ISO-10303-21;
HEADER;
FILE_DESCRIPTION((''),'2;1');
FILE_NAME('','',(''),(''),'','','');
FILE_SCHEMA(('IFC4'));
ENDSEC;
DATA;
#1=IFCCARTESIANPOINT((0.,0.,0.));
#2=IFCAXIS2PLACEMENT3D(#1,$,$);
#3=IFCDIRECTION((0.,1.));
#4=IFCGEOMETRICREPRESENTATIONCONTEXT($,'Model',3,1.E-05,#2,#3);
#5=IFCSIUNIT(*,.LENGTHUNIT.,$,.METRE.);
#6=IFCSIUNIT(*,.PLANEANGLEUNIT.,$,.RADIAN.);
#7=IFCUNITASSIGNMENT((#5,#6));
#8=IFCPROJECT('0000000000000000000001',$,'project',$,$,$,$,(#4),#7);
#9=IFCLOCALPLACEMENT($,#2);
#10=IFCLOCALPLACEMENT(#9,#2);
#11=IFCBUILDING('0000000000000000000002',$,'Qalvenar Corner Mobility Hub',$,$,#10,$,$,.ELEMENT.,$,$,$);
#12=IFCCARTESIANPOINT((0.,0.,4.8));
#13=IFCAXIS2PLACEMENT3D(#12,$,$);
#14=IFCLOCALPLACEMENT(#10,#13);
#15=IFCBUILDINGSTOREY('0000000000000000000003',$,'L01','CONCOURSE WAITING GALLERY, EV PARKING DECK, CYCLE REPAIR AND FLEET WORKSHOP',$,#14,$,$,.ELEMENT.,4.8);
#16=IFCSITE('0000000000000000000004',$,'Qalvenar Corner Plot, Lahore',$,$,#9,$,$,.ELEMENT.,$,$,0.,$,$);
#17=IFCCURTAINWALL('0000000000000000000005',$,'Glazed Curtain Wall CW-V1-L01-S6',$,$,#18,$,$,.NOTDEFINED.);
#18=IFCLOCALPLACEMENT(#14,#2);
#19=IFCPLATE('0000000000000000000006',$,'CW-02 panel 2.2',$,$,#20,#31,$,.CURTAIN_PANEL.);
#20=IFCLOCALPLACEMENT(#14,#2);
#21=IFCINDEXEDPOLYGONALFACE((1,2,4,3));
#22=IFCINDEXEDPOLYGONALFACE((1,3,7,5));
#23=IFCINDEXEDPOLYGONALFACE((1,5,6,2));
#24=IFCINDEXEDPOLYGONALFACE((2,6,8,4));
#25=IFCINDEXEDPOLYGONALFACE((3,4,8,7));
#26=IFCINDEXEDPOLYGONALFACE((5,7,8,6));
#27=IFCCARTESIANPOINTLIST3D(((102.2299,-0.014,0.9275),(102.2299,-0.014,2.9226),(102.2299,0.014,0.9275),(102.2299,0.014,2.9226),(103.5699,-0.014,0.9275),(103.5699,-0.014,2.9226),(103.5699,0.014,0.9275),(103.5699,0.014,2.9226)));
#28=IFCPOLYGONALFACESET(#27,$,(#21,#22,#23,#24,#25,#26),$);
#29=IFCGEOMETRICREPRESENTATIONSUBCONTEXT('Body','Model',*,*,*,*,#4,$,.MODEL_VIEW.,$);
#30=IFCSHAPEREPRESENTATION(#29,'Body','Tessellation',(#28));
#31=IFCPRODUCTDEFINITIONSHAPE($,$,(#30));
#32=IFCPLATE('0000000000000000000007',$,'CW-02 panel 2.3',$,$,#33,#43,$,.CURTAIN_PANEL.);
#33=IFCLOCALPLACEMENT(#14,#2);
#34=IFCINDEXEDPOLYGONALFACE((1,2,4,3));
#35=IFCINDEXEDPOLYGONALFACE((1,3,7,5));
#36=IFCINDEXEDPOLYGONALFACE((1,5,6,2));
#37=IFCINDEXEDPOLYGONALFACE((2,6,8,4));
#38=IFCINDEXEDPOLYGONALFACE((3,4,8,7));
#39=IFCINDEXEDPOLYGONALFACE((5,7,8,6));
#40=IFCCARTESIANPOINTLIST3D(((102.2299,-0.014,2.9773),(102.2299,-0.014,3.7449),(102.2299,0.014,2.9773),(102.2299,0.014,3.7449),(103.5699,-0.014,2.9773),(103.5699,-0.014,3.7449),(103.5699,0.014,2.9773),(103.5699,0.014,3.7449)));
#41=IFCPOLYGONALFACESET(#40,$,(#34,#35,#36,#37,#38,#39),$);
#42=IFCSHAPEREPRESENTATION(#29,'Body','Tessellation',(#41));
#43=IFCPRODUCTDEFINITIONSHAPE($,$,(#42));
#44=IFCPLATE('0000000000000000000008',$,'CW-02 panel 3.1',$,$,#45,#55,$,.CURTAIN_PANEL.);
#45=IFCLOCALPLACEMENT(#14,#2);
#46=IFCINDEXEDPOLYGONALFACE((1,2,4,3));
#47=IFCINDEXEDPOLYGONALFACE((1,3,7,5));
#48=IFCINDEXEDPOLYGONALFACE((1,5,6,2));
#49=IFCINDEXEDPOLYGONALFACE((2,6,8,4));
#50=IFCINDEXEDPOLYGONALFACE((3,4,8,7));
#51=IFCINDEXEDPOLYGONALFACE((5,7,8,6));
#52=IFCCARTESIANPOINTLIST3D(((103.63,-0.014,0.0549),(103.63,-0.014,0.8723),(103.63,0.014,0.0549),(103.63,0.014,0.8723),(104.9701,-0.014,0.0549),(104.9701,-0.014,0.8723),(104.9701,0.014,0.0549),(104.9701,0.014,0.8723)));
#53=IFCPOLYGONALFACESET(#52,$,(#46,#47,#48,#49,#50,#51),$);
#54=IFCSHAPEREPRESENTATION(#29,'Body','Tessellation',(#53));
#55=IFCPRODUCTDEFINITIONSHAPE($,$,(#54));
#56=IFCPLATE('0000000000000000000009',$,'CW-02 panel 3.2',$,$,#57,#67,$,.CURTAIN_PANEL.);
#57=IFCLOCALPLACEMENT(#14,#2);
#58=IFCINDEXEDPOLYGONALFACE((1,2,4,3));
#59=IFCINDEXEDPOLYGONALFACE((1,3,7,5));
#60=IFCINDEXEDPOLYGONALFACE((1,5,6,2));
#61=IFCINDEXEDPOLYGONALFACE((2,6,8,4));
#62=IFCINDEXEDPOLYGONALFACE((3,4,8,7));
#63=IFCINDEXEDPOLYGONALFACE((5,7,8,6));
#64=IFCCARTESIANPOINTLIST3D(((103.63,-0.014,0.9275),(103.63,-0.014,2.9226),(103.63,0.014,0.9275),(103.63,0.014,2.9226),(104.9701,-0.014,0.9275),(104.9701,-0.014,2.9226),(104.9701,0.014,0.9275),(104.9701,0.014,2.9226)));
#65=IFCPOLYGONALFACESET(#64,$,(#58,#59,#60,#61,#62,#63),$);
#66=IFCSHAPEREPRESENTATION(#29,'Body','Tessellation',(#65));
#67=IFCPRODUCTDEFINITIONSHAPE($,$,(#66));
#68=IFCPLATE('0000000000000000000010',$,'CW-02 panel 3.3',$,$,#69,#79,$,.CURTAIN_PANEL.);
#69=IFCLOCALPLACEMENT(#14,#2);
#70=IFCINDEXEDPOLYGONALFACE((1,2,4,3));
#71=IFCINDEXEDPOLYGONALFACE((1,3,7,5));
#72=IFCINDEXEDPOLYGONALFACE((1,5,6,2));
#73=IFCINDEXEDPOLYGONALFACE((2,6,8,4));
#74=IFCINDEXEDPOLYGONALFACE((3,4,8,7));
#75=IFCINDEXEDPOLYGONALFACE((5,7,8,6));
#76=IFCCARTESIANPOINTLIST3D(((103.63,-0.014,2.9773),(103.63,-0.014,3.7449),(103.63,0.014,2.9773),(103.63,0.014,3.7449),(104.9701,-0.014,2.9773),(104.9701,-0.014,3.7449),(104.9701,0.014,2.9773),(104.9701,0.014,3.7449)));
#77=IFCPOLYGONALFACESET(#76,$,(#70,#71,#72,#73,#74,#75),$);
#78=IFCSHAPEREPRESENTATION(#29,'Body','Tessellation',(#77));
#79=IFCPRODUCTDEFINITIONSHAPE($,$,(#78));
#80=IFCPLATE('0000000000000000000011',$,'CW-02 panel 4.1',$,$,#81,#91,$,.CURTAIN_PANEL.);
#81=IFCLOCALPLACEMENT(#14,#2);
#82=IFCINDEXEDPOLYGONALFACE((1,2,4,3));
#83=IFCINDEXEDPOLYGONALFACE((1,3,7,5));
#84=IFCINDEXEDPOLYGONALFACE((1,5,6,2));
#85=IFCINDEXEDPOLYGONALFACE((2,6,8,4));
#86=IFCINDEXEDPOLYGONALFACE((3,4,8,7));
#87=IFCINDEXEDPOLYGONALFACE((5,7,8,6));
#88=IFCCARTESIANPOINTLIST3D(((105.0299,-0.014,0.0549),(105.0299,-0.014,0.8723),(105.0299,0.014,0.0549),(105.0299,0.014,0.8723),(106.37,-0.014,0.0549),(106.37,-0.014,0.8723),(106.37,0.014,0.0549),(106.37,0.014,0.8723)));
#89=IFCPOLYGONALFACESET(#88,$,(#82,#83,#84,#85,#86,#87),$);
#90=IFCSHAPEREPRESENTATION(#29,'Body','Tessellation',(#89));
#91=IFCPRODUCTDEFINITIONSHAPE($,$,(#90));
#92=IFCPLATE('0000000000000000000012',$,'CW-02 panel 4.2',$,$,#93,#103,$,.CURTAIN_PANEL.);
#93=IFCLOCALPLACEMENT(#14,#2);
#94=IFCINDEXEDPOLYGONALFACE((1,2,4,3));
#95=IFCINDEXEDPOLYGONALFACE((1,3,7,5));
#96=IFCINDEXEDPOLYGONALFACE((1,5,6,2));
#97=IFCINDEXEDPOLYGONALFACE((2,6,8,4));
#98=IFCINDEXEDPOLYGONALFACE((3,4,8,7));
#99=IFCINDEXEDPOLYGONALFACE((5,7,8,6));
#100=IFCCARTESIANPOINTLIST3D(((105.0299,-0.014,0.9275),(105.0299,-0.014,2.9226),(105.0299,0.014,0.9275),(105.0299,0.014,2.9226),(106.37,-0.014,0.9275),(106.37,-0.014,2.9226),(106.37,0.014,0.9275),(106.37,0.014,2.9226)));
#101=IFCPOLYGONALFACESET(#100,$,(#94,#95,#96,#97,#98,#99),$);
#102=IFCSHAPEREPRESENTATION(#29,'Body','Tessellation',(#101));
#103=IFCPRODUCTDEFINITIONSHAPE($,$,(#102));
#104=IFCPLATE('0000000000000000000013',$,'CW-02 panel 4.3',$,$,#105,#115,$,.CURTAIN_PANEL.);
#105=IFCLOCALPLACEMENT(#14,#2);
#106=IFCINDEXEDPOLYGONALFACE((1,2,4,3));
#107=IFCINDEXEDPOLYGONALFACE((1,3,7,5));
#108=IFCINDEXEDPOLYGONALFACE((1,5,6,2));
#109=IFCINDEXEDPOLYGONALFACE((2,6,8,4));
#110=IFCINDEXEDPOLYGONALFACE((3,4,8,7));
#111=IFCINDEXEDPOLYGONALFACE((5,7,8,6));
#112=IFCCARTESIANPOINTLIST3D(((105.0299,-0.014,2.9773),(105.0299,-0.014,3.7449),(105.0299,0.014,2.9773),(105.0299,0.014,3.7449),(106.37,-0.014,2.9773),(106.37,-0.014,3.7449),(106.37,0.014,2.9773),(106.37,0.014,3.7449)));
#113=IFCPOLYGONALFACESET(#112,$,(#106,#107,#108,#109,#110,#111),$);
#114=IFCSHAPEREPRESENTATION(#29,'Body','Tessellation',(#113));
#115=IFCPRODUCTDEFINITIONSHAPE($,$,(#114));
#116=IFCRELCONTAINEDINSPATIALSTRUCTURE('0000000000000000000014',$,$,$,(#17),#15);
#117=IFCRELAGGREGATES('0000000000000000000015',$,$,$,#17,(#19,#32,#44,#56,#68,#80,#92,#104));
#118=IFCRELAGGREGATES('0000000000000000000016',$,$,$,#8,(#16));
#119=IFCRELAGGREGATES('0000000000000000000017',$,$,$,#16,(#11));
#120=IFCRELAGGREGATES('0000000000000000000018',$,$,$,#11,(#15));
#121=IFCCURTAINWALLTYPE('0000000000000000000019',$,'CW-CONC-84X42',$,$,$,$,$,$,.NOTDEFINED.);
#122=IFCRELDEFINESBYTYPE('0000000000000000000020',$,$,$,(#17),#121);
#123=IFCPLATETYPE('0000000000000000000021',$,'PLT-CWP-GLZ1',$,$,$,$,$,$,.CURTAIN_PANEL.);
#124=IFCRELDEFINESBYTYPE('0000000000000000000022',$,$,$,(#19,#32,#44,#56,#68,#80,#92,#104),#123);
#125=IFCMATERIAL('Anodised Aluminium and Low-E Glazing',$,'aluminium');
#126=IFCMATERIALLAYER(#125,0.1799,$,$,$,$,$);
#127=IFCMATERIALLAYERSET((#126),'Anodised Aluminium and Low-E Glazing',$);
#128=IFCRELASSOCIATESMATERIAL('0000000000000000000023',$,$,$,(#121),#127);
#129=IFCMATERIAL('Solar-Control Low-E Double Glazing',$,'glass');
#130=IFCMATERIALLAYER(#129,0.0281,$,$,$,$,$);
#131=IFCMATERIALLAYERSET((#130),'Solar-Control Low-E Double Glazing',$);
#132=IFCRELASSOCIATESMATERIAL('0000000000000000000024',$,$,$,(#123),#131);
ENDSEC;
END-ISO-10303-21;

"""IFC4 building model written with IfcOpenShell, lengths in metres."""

from ifc_helpers import new_model, si_unit, direction, frame, origin, origin_2d, place, context, subcontext, project, spatial, rectangle, extrude, material, layer, layer_set, type_object, element, aggregate, save


model = new_model("IFC4")

# Units and contexts
model_context = context("Model", 3, precision=1e-05, world=origin(), true_north=direction((0.0, 1.0)))
body_context = subcontext(model_context, "Body", "Model", "MODEL_VIEW")
ifc_project = project(units=[si_unit("LENGTHUNIT", "METRE"), si_unit("PLANEANGLEUNIT", "RADIAN")], contexts=[model_context])

# Site, building, storey
site_placement = place(None, origin())
site = spatial("IfcSite", under=ifc_project, at=site_placement, Name="Qalvenar Corner Plot, Lahore", CompositionType="ELEMENT", RefElevation=0.0)
building_placement = place(site_placement, origin())
building = spatial("IfcBuilding", under=site, at=building_placement, Name="Qalvenar Corner Mobility Hub", CompositionType="ELEMENT")
storey_placement = place(building_placement, frame((0.0, 0.0, 4.8)))
storey = spatial("IfcBuildingStorey", under=building, at=storey_placement, Name="L01", Description="CONCOURSE WAITING GALLERY, EV PARKING DECK, CYCLE REPAIR AND FLEET WORKSHOP", CompositionType="ELEMENT", Elevation=4.8)

# Curtain wall, plates
ifc_material_1 = material(Name="Anodised Aluminium and Low-E Glazing", Category="aluminium")
ifc_layer_1 = layer(ifc_material_1, 0.1799)
ifc_layer_set_1 = layer_set([ifc_layer_1], Name="Anodised Aluminium and Low-E Glazing")
curtain_wall_type = type_object("IfcCurtainWallType", Name="CW-CONC-84X42", PredefinedType="NOTDEFINED", material=ifc_layer_set_1)
curtain_wall_placement = place(storey_placement, origin())
curtain_wall = element("IfcCurtainWall", 1, at=curtain_wall_placement, inside=storey, type_object=curtain_wall_type, Name="Glazed Curtain Wall CW-V1-L01-S6", PredefinedType="NOTDEFINED")
ifc_material_2 = material(Name="Solar-Control Low-E Double Glazing", Category="glass")
ifc_layer_2 = layer(ifc_material_2, 0.0281)
ifc_layer_set_2 = layer_set([ifc_layer_2], Name="Solar-Control Low-E Double Glazing")
plate_type = type_object("IfcPlateType", Name="PLT-CWP-GLZ1", PredefinedType="CURTAIN_PANEL", material=ifc_layer_set_2)
plate_1_placement = place(storey_placement, frame((102.8999, 0.0, 0.9275), z_axis=(0.0, 0.0, 1.0), x_axis=(1.0, 0.0, 0.0)))
plate_1 = element("IfcPlate", 2, at=plate_1_placement, type_object=plate_type, Name="CW-02 panel 2.2", PredefinedType="CURTAIN_PANEL", context=body_context, shape_type="SweptSolid", body=[
    extrude(rectangle(XDim=1.3401, YDim=0.0281, at=origin_2d()), origin(), (0.0, 0.0, 1.0), 1.9951),
])
plate_2_placement = place(storey_placement, frame((102.8999, 0.0, 2.9773), z_axis=(0.0, 0.0, 1.0), x_axis=(1.0, 0.0, 0.0)))
plate_2 = element("IfcPlate", 3, at=plate_2_placement, type_object=plate_type, Name="CW-02 panel 2.3", PredefinedType="CURTAIN_PANEL", context=body_context, shape_type="SweptSolid", body=[
    extrude(rectangle(XDim=1.3401, YDim=0.0281, at=origin_2d()), origin(), (0.0, 0.0, 1.0), 0.7676),
])
plate_3_placement = place(storey_placement, frame((104.3, 0.0, 0.0549), z_axis=(0.0, 0.0, 1.0), x_axis=(1.0, 0.0, 0.0)))
plate_3 = element("IfcPlate", 4, at=plate_3_placement, type_object=plate_type, Name="CW-02 panel 3.1", PredefinedType="CURTAIN_PANEL", context=body_context, shape_type="SweptSolid", body=[
    extrude(rectangle(XDim=1.3401, YDim=0.0281, at=origin_2d()), origin(), (0.0, 0.0, 1.0), 0.8174),
])
plate_4_placement = place(storey_placement, frame((104.3, 0.0, 0.9275), z_axis=(0.0, 0.0, 1.0), x_axis=(1.0, 0.0, 0.0)))
plate_4 = element("IfcPlate", 5, at=plate_4_placement, type_object=plate_type, Name="CW-02 panel 3.2", PredefinedType="CURTAIN_PANEL", context=body_context, shape_type="SweptSolid", body=[
    extrude(rectangle(XDim=1.3401, YDim=0.0281, at=origin_2d()), origin(), (0.0, 0.0, 1.0), 1.9951),
])
plate_5_placement = place(storey_placement, frame((104.3, 0.0, 2.9773), z_axis=(0.0, 0.0, 1.0), x_axis=(1.0, 0.0, 0.0)))
plate_5 = element("IfcPlate", 6, at=plate_5_placement, type_object=plate_type, Name="CW-02 panel 3.3", PredefinedType="CURTAIN_PANEL", context=body_context, shape_type="SweptSolid", body=[
    extrude(rectangle(XDim=1.3401, YDim=0.0281, at=origin_2d()), origin(), (0.0, 0.0, 1.0), 0.7676),
])
plate_6_placement = place(storey_placement, frame((105.7, 0.0, 0.0549), z_axis=(0.0, 0.0, 1.0), x_axis=(1.0, 0.0, 0.0)))
plate_6 = element("IfcPlate", 7, at=plate_6_placement, type_object=plate_type, Name="CW-02 panel 4.1", PredefinedType="CURTAIN_PANEL", context=body_context, shape_type="SweptSolid", body=[
    extrude(rectangle(XDim=1.3401, YDim=0.0281, at=origin_2d()), origin(), (0.0, 0.0, 1.0), 0.8174),
])
plate_7_placement = place(storey_placement, frame((105.7, 0.0, 0.9275), z_axis=(0.0, 0.0, 1.0), x_axis=(1.0, 0.0, 0.0)))
plate_7 = element("IfcPlate", 8, at=plate_7_placement, type_object=plate_type, Name="CW-02 panel 4.2", PredefinedType="CURTAIN_PANEL", context=body_context, shape_type="SweptSolid", body=[
    extrude(rectangle(XDim=1.3401, YDim=0.0281, at=origin_2d()), origin(), (0.0, 0.0, 1.0), 1.9951),
])
plate_8_placement = place(storey_placement, frame((105.7, 0.0, 2.9773), z_axis=(0.0, 0.0, 1.0), x_axis=(1.0, 0.0, 0.0)))
plate_8 = element("IfcPlate", 9, at=plate_8_placement, type_object=plate_type, Name="CW-02 panel 4.3", PredefinedType="CURTAIN_PANEL", context=body_context, shape_type="SweptSolid", body=[
    extrude(rectangle(XDim=1.3401, YDim=0.0281, at=origin_2d()), origin(), (0.0, 0.0, 1.0), 0.7676),
])
aggregate(curtain_wall, [plate_1, plate_2, plate_3, plate_4, plate_5, plate_6, plate_7, plate_8])

save(model, "model.ifc")
